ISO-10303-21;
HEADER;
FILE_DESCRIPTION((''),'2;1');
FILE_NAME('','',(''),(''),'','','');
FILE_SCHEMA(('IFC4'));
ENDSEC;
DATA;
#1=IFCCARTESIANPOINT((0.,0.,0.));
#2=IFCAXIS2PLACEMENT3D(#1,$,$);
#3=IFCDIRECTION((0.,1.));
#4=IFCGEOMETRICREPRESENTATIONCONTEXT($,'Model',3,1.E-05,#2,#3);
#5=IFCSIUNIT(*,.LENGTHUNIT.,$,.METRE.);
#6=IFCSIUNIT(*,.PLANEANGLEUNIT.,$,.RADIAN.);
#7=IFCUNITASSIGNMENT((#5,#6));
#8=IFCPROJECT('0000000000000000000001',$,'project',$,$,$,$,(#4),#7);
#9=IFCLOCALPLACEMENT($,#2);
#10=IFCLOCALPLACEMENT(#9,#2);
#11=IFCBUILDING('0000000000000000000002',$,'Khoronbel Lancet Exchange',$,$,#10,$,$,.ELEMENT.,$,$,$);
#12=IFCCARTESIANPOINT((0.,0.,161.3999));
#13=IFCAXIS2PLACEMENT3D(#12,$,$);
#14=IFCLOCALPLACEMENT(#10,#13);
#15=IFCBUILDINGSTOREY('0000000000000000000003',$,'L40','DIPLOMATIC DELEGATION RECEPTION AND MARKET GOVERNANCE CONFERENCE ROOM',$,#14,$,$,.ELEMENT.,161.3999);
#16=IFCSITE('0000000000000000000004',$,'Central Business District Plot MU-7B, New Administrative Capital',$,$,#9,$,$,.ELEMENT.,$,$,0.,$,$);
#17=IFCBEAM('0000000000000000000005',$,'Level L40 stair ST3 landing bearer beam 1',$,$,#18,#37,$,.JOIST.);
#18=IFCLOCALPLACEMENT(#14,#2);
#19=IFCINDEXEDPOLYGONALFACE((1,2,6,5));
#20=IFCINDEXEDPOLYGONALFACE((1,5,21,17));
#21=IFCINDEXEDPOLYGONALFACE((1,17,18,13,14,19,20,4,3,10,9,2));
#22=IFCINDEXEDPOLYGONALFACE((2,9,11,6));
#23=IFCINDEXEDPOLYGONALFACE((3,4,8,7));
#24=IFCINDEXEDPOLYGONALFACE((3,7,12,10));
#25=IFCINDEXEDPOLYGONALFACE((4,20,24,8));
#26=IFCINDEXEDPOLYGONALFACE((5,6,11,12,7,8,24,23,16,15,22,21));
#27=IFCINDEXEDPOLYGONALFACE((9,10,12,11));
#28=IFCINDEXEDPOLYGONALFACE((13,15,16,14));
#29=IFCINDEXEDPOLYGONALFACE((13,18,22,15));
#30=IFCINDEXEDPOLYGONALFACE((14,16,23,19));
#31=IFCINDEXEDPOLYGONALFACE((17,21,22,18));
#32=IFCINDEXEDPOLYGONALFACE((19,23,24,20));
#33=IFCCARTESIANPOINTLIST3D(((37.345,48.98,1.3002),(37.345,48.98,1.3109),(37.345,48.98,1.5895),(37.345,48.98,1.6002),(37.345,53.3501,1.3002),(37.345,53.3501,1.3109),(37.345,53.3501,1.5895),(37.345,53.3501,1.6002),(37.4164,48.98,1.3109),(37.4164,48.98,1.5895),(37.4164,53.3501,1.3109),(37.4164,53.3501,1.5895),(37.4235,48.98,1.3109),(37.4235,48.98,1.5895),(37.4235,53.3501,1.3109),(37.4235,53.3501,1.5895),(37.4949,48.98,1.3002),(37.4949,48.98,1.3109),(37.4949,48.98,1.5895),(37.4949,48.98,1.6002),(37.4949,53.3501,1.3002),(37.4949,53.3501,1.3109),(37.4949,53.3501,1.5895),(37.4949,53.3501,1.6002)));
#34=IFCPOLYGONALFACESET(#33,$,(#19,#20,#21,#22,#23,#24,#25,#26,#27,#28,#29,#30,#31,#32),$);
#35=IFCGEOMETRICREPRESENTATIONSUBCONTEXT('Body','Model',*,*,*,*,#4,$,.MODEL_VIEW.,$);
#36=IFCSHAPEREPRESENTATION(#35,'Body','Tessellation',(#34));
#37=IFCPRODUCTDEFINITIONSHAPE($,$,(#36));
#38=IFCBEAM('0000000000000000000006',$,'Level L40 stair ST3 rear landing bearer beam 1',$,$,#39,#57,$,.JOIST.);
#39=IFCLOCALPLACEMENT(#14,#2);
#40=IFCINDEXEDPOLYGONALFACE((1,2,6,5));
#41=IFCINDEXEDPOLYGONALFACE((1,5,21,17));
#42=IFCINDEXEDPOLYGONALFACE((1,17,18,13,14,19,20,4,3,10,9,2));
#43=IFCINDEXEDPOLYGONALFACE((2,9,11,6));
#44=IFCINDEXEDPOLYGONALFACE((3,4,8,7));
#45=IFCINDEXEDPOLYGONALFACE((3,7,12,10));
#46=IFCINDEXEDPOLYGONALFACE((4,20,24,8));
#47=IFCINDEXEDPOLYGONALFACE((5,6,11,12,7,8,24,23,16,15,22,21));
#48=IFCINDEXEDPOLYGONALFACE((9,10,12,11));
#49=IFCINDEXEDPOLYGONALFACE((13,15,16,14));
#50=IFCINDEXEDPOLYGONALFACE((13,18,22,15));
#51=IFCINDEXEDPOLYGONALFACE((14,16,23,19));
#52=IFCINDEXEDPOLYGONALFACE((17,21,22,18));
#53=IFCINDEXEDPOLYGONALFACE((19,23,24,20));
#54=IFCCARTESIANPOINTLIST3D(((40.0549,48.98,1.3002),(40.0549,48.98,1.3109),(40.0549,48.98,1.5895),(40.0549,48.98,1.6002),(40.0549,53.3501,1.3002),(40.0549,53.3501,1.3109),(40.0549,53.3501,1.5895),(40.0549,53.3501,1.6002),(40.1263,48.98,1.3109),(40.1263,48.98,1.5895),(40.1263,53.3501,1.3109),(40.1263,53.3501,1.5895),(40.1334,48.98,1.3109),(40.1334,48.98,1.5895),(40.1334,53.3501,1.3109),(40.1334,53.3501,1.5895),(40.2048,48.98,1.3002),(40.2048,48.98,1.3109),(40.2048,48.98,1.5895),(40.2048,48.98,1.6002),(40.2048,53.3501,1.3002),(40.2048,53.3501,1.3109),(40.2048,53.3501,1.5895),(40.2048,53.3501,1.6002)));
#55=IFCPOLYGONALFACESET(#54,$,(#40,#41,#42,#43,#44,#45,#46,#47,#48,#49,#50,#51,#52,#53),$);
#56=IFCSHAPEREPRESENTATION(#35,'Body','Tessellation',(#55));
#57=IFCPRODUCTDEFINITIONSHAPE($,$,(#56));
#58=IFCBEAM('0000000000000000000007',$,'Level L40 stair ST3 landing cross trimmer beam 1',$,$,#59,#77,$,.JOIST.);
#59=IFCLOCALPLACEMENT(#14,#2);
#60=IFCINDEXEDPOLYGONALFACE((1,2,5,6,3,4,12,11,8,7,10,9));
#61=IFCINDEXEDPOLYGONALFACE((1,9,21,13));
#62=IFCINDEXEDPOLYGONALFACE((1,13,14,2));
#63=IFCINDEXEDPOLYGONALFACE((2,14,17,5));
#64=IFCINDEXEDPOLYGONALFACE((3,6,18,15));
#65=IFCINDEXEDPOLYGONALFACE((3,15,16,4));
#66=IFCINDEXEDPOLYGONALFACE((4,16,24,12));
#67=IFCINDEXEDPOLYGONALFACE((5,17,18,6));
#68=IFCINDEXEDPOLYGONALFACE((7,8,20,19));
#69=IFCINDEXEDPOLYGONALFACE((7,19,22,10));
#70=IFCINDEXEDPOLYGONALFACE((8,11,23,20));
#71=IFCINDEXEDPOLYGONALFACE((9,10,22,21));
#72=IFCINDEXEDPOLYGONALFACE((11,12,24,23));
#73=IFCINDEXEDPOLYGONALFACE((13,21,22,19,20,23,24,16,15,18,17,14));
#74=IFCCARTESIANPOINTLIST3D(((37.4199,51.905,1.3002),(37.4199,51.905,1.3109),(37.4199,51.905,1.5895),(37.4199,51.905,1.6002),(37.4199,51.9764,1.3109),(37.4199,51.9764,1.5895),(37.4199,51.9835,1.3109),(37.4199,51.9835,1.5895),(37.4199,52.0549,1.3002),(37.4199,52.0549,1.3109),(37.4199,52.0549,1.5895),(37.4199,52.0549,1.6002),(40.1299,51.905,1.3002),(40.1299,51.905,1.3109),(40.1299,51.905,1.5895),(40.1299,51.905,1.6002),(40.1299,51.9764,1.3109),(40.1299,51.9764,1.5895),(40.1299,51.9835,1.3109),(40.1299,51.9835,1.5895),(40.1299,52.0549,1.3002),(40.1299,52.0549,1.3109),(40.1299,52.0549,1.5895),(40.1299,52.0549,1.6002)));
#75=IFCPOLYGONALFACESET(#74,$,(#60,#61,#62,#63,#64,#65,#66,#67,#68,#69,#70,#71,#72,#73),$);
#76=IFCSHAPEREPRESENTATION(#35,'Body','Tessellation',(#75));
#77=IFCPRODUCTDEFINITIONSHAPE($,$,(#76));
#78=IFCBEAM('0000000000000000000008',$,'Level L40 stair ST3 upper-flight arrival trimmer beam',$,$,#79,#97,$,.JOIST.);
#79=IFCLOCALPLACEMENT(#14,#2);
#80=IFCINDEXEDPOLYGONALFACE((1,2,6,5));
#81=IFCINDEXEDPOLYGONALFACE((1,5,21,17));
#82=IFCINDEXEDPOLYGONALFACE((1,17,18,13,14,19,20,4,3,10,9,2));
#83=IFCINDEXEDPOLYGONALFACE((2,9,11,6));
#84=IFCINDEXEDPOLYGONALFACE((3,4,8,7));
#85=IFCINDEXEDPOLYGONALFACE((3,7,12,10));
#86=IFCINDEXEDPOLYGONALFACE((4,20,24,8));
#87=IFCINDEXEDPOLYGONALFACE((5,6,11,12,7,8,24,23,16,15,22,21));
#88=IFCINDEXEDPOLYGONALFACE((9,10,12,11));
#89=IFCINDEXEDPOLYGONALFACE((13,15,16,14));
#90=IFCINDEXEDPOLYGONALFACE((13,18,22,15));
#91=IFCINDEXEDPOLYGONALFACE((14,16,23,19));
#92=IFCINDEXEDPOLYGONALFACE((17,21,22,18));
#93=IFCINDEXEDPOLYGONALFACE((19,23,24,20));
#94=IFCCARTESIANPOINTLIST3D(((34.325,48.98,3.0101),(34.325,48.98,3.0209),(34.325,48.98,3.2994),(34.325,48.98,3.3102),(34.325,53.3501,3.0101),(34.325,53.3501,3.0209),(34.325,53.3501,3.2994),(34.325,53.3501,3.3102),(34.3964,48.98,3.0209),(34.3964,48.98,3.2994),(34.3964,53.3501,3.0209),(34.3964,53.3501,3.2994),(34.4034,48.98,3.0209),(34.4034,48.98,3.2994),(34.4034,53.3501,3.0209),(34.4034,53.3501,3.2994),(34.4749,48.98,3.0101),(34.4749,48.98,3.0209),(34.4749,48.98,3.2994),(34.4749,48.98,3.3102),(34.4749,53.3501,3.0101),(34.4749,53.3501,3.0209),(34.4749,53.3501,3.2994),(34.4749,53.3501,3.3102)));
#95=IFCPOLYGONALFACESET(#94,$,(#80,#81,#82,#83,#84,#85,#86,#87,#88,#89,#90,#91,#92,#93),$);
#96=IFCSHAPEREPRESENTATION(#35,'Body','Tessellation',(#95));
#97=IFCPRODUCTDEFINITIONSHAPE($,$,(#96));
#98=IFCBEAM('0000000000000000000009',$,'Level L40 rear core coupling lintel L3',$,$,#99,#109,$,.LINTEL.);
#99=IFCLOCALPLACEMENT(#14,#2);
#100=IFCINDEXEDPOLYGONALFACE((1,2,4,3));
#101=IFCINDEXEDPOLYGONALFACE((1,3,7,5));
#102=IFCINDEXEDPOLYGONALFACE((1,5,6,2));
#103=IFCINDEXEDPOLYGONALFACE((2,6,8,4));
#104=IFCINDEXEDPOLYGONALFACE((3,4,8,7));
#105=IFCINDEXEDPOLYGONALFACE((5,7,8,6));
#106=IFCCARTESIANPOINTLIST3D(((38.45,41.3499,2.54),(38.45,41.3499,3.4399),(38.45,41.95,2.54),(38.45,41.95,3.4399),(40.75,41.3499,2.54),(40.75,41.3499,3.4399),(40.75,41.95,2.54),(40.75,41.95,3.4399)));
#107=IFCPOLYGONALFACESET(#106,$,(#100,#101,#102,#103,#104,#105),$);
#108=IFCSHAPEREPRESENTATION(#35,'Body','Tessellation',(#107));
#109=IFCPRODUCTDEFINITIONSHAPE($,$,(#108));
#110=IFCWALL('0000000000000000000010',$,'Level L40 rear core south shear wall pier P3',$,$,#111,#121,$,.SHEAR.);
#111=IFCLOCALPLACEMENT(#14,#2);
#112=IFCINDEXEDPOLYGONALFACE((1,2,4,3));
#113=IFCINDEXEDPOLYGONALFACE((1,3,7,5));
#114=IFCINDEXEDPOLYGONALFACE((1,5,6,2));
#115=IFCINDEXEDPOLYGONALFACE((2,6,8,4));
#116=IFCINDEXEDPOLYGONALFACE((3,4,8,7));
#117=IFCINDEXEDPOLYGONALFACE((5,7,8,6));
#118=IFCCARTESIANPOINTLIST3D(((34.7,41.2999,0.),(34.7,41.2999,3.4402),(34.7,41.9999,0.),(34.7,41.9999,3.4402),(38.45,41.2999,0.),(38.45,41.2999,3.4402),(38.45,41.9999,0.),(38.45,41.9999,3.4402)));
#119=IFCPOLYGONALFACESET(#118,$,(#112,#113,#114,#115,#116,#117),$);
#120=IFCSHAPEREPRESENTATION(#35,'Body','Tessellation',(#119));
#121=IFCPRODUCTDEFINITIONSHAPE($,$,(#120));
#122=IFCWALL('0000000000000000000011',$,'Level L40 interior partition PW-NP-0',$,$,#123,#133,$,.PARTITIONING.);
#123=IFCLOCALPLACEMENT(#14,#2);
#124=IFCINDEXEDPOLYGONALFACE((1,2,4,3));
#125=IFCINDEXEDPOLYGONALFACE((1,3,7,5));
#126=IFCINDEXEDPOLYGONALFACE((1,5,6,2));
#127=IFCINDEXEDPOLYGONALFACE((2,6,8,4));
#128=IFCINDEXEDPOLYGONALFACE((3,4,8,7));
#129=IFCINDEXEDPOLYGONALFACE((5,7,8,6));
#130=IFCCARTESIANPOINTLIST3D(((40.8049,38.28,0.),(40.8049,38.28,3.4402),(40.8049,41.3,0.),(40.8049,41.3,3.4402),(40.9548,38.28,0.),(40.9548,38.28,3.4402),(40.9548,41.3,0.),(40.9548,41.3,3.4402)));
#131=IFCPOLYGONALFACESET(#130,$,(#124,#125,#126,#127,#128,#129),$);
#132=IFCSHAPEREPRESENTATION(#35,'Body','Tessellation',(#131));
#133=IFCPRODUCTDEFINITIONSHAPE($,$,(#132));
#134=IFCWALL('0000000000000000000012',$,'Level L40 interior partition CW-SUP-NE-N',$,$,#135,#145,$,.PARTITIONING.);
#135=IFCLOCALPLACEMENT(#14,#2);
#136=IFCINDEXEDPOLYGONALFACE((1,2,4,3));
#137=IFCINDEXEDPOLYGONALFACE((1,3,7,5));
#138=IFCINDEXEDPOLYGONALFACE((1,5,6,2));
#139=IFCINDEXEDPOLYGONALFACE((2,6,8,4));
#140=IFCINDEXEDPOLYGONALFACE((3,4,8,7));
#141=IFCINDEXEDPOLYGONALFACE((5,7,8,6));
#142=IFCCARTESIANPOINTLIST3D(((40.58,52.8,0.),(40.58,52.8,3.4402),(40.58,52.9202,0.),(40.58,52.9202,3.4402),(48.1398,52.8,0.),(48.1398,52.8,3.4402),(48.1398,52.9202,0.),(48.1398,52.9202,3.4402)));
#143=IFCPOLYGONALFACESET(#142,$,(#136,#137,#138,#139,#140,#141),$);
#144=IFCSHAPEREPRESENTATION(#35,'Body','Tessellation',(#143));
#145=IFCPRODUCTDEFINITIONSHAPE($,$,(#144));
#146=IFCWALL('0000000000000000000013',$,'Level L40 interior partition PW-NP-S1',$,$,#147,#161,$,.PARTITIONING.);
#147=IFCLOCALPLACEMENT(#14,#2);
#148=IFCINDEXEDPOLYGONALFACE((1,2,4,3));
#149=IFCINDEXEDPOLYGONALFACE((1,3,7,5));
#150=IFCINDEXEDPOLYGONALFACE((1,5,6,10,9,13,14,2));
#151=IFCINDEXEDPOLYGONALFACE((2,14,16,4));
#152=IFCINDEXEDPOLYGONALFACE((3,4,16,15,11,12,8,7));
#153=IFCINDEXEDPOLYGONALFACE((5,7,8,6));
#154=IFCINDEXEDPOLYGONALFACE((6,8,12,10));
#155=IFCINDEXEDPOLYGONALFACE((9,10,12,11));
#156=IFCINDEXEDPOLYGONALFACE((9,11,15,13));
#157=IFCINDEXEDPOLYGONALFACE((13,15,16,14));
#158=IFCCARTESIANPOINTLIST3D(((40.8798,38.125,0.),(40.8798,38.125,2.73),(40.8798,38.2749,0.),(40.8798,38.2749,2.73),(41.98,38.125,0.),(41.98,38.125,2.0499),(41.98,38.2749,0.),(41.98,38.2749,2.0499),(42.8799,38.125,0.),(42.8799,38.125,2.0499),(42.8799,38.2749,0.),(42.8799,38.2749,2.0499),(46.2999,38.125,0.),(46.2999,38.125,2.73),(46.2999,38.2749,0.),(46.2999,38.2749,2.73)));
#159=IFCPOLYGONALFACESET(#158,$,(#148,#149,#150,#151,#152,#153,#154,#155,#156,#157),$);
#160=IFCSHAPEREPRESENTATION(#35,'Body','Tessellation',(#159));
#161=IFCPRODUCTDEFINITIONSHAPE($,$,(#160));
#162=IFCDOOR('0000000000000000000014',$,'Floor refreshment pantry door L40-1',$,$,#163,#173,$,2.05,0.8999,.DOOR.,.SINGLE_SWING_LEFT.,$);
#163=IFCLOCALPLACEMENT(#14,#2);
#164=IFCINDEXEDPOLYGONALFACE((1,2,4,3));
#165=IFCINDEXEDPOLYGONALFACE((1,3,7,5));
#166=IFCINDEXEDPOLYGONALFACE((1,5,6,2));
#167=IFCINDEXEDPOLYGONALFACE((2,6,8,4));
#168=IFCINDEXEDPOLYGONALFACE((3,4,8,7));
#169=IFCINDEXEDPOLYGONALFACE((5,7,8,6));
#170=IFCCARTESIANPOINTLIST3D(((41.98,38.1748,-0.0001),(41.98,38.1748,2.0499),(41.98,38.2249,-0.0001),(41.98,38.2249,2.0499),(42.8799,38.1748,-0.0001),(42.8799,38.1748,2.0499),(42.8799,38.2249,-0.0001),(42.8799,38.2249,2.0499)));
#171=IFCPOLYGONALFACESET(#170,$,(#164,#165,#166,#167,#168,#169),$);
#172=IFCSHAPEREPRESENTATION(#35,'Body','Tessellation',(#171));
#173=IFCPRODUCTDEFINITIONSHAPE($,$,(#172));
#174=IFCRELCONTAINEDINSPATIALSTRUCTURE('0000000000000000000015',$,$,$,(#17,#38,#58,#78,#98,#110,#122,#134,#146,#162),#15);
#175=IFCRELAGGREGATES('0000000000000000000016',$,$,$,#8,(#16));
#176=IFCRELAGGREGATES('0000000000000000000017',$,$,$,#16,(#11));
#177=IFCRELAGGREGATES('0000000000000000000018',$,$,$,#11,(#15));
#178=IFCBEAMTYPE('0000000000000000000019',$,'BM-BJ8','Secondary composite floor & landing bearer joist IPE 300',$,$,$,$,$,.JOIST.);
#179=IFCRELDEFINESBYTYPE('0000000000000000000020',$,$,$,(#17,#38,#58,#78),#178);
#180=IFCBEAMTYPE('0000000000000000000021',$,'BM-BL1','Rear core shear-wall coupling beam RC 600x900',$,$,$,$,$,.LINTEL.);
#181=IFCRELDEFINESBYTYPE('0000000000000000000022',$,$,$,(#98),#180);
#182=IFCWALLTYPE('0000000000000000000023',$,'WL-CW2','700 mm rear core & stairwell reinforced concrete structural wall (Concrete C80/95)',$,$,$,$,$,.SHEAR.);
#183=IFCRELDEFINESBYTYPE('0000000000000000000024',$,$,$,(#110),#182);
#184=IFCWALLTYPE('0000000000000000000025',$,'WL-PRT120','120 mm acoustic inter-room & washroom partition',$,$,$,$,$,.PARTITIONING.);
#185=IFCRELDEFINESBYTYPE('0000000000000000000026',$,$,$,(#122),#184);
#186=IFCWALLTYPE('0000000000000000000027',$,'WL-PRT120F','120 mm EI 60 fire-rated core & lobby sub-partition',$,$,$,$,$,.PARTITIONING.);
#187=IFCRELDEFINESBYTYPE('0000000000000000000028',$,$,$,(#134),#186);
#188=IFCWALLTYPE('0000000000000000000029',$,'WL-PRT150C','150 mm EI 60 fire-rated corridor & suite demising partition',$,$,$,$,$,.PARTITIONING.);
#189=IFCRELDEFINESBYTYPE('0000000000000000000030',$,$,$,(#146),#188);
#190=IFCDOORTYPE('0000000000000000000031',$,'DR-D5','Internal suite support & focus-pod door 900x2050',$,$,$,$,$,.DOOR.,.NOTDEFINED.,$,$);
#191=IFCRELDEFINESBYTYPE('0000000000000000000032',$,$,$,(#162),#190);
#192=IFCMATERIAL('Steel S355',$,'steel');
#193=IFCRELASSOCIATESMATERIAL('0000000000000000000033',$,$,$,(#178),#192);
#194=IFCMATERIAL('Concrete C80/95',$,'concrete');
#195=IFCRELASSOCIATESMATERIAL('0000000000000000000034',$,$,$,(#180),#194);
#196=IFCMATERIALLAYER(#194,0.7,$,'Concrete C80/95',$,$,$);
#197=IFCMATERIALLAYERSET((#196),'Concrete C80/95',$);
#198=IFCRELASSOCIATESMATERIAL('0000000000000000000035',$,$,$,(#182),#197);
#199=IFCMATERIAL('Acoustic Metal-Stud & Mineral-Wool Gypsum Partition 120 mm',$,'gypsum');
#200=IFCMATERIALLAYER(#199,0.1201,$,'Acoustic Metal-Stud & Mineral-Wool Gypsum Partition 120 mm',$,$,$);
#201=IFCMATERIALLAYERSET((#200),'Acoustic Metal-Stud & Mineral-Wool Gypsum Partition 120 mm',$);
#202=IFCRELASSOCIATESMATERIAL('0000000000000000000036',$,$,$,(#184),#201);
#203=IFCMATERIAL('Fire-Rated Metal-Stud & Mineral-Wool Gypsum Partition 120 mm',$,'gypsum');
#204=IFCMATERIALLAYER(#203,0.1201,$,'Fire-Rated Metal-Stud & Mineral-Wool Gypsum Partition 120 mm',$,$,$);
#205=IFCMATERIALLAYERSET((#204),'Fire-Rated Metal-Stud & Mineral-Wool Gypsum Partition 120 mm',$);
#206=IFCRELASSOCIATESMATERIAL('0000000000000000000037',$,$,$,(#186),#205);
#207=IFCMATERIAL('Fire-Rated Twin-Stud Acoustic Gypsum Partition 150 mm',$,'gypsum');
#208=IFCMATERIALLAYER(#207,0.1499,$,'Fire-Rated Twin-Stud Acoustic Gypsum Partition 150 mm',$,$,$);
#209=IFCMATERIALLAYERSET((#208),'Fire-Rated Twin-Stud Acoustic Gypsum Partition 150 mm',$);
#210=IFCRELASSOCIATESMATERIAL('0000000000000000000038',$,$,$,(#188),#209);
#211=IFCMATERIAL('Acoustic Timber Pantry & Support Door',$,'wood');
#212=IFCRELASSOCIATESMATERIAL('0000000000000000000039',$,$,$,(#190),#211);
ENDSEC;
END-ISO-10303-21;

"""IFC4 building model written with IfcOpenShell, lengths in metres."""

from ifc_helpers import new_model, si_unit, direction, frame, frame_2d, origin, origin_2d, place, context, subcontext, project, spatial, rectangle, i_section, extrude, material, layer, layer_set, material_profile, profile_set, type_object, element, fill, save


model = new_model("IFC4")

# Units and contexts
model_context = context("Model", 3, precision=1e-05, world=origin(), true_north=direction((0.0, 1.0)))
body_context = subcontext(model_context, "Body", "Model", "MODEL_VIEW")
ifc_project = project(units=[si_unit("LENGTHUNIT", "METRE"), si_unit("PLANEANGLEUNIT", "RADIAN")], contexts=[model_context])

# Site, building, storey
site_placement = place(None, origin())
site = spatial("IfcSite", under=ifc_project, at=site_placement, Name="Central Business District Plot MU-7B, New Administrative Capital", CompositionType="ELEMENT", RefElevation=0.0)
building_placement = place(site_placement, origin())
building = spatial("IfcBuilding", under=site, at=building_placement, Name="Khoronbel Lancet Exchange", CompositionType="ELEMENT")
storey_placement = place(building_placement, frame((0.0, 0.0, 161.3999)))
storey = spatial("IfcBuildingStorey", under=building, at=storey_placement, Name="L40", Description="DIPLOMATIC DELEGATION RECEPTION AND MARKET GOVERNANCE CONFERENCE ROOM", CompositionType="ELEMENT", Elevation=161.3999)

# Beams
ifc_material_1 = material(Name="Steel S355", Category="steel")
ifc_material_profile_1 = material_profile(ifc_material_1, i_section(OverallWidth=0.1499, OverallDepth=0.3, WebThickness=0.0071, FlangeThickness=0.0107, at=origin_2d()), Name="IPE 300")
ifc_profile_set_1 = profile_set([ifc_material_profile_1], Name="Steel S355")
beam_type_1 = type_object("IfcBeamType", Name="BM-BJ8", Description="Secondary composite floor & landing bearer joist IPE 300", PredefinedType="JOIST", material=ifc_profile_set_1)
for number, where, z_axis, x_axis, name in (
    (1, (37.4199, 48.98, 1.4502), (0.0, 1.0, 0.0), (-1.0, 0.0, 0.0), "Level L40 stair ST3 landing bearer beam 1"),
    (2, (40.1299, 48.98, 1.4502), (0.0, 1.0, 0.0), (-1.0, 0.0, 0.0), "Level L40 stair ST3 rear landing bearer beam 1"),
):
    element("IfcBeam", number, at=place(storey_placement, frame(where, z_axis=z_axis, x_axis=x_axis)), inside=storey, type_object=beam_type_1, Name=name, PredefinedType="JOIST", context=body_context, shape_type="SweptSolid", body=[
        extrude(i_section(OverallWidth=0.1499, OverallDepth=0.3, WebThickness=0.0071, FlangeThickness=0.0107, at=origin_2d()), origin(), (0.0, 0.0, 1.0), 4.3701),
    ])
beam_1_placement = place(storey_placement, frame((37.4199, 51.98, 1.4502), z_axis=(1.0, 0.0, 0.0), x_axis=(0.0, 1.0, 0.0)))
element("IfcBeam", 3, at=beam_1_placement, inside=storey, type_object=beam_type_1, Name="Level L40 stair ST3 landing cross trimmer beam 1", PredefinedType="JOIST", context=body_context, shape_type="SweptSolid", body=[
    extrude(i_section(OverallWidth=0.1499, OverallDepth=0.3, WebThickness=0.0071, FlangeThickness=0.0107, at=origin_2d()), origin(), (0.0, 0.0, 1.0), 2.71),
])
beam_2_placement = place(storey_placement, frame((34.3999, 48.98, 3.1602), z_axis=(0.0, 1.0, 0.0), x_axis=(-1.0, 0.0, 0.0)))
element("IfcBeam", 4, at=beam_2_placement, inside=storey, type_object=beam_type_1, Name="Level L40 stair ST3 upper-flight arrival trimmer beam", PredefinedType="JOIST", context=body_context, shape_type="SweptSolid", body=[
    extrude(i_section(OverallWidth=0.1499, OverallDepth=0.3, WebThickness=0.0071, FlangeThickness=0.0107, at=origin_2d()), origin(), (0.0, 0.0, 1.0), 4.3701),
])
ifc_material_2 = material(Name="Concrete C80/95", Category="concrete")
ifc_material_profile_2 = material_profile(ifc_material_2, rectangle(XDim=0.6001, YDim=0.8999, at=origin_2d()), Name="RC 600x900")
ifc_profile_set_2 = profile_set([ifc_material_profile_2], Name="Concrete C80/95")
beam_type_2 = type_object("IfcBeamType", Name="BM-BL1", Description="Rear core shear-wall coupling beam RC 600x900", PredefinedType="LINTEL", material=ifc_profile_set_2)
beam_3_placement = place(storey_placement, frame((38.45, 41.6499, 2.99), z_axis=(1.0, 0.0, 0.0), x_axis=(0.0, 1.0, 0.0)))
element("IfcBeam", 5, at=beam_3_placement, inside=storey, type_object=beam_type_2, Name="Level L40 rear core coupling lintel L3", PredefinedType="LINTEL", context=body_context, shape_type="SweptSolid", body=[
    extrude(rectangle(XDim=0.6001, YDim=0.8999, at=origin_2d()), origin(), (0.0, 0.0, 1.0), 2.3),
])

# Walls
ifc_layer_1 = layer(ifc_material_2, 0.7, Name="Concrete C80/95")
ifc_layer_set_1 = layer_set([ifc_layer_1], Name="Concrete C80/95")
wall_type_1 = type_object("IfcWallType", Name="WL-CW2", Description="700 mm rear core & stairwell reinforced concrete structural wall (Concrete C80/95)", PredefinedType="SHEAR", material=ifc_layer_set_1)
wall_1_placement = place(storey_placement, frame((38.45, 41.6499, 0.0), z_axis=(0.0, 0.0, 1.0), x_axis=(-1.0, 0.0, 0.0)))
element("IfcWall", 6, at=wall_1_placement, inside=storey, type_object=wall_type_1, Name="Level L40 rear core south shear wall pier P3", PredefinedType="SHEAR", context=body_context, shape_type="SweptSolid", body=[
    extrude(rectangle(XDim=3.75, YDim=0.7, at=frame_2d((1.875, 0.0))), origin(), (0.0, 0.0, 1.0), 3.4402),
])
ifc_material_3 = material(Name="Acoustic Metal-Stud & Mineral-Wool Gypsum Partition 120 mm", Category="gypsum")
ifc_layer_2 = layer(ifc_material_3, 0.1201, Name="Acoustic Metal-Stud & Mineral-Wool Gypsum Partition 120 mm")
ifc_layer_set_2 = layer_set([ifc_layer_2], Name="Acoustic Metal-Stud & Mineral-Wool Gypsum Partition 120 mm")
wall_type_2 = type_object("IfcWallType", Name="WL-PRT120", Description="120 mm acoustic inter-room & washroom partition", PredefinedType="PARTITIONING", material=ifc_layer_set_2)
wall_2_placement = place(storey_placement, frame((40.8799, 38.28, 0.0), z_axis=(0.0, 0.0, 1.0), x_axis=(0.0, 1.0, 0.0)))
element("IfcWall", 7, at=wall_2_placement, inside=storey, type_object=wall_type_2, Name="Level L40 interior partition PW-NP-0", PredefinedType="PARTITIONING", context=body_context, shape_type="SweptSolid", body=[
    extrude(rectangle(XDim=3.02, YDim=0.1499, at=frame_2d((1.51, 0.0))), origin(), (0.0, 0.0, 1.0), 3.4402),
])
ifc_material_4 = material(Name="Fire-Rated Metal-Stud & Mineral-Wool Gypsum Partition 120 mm", Category="gypsum")
ifc_layer_3 = layer(ifc_material_4, 0.1201, Name="Fire-Rated Metal-Stud & Mineral-Wool Gypsum Partition 120 mm")
ifc_layer_set_3 = layer_set([ifc_layer_3], Name="Fire-Rated Metal-Stud & Mineral-Wool Gypsum Partition 120 mm")
wall_type_3 = type_object("IfcWallType", Name="WL-PRT120F", Description="120 mm EI 60 fire-rated core & lobby sub-partition", PredefinedType="PARTITIONING", material=ifc_layer_set_3)
wall_3_placement = place(storey_placement, frame((40.5801, 52.8601, 0.0), z_axis=(0.0, 0.0, 1.0), x_axis=(1.0, 0.0, 0.0)))
element("IfcWall", 8, at=wall_3_placement, inside=storey, type_object=wall_type_3, Name="Level L40 interior partition CW-SUP-NE-N", PredefinedType="PARTITIONING", context=body_context, shape_type="SweptSolid", body=[
    extrude(rectangle(XDim=7.5598, YDim=0.1201, at=frame_2d((3.7798, 0.0))), origin(), (0.0, 0.0, 1.0), 3.4402),
])

# Wall, opening, door
ifc_material_5 = material(Name="Fire-Rated Twin-Stud Acoustic Gypsum Partition 150 mm", Category="gypsum")
ifc_layer_4 = layer(ifc_material_5, 0.1499, Name="Fire-Rated Twin-Stud Acoustic Gypsum Partition 150 mm")
ifc_layer_set_4 = layer_set([ifc_layer_4], Name="Fire-Rated Twin-Stud Acoustic Gypsum Partition 150 mm")
wall_type_4 = type_object("IfcWallType", Name="WL-PRT150C", Description="150 mm EI 60 fire-rated corridor & suite demising partition", PredefinedType="PARTITIONING", material=ifc_layer_set_4)
wall_4_placement = place(storey_placement, frame((40.8799, 38.2, 0.0), z_axis=(0.0, 0.0, 1.0), x_axis=(1.0, 0.0, 0.0)))
wall_4 = element("IfcWall", 9, at=wall_4_placement, inside=storey, type_object=wall_type_4, Name="Level L40 interior partition PW-NP-S1", PredefinedType="PARTITIONING", context=body_context, shape_type="SweptSolid", body=[
    extrude(rectangle(XDim=5.4202, YDim=0.1499, at=frame_2d((2.71, 0.0))), origin(), (0.0, 0.0, 1.0), 2.73),
])
opening_1_placement = place(wall_4_placement, frame((1.1001, 0.0, 0.0)))
opening_1 = element("IfcOpeningElement", 10, at=opening_1_placement, cuts=wall_4, PredefinedType="OPENING", context=body_context, shape_type="SweptSolid", body=[
    extrude(rectangle(XDim=0.8999, YDim=2.05, at=frame_2d((0.45, 1.0249))), frame((0.0, 0.085, 0.0), z_axis=(0.0, -1.0, 0.0), x_axis=(1.0, 0.0, 0.0)), (0.0, 0.0, 1.0), 0.1699),
])
ifc_material_6 = material(Name="Acoustic Timber Pantry & Support Door", Category="wood")
door_type_1 = type_object("IfcDoorType", Name="DR-D5", Description="Internal suite support & focus-pod door 900x2050", OperationType="NOTDEFINED", PredefinedType="DOOR", material=ifc_material_6)
door_1_placement = place(opening_1_placement, origin())
door_1 = element("IfcDoor", 11, at=door_1_placement, inside=storey, type_object=door_type_1, Name="Floor refreshment pantry door L40-1", OperationType="SINGLE_SWING_LEFT", OverallHeight=2.05, OverallWidth=0.8999, PredefinedType="DOOR", context=body_context, shape_type="SweptSolid", body=[
    extrude(rectangle(XDim=0.8999, YDim=2.05, at=frame_2d((0.45, 1.0249))), frame((0.0, 0.0249, 0.0), z_axis=(0.0, -1.0, 0.0), x_axis=(1.0, 0.0, 0.0)), (0.0, 0.0, 1.0), 0.05),
])
fill(opening_1, door_1)

save(model, "model.ifc")
